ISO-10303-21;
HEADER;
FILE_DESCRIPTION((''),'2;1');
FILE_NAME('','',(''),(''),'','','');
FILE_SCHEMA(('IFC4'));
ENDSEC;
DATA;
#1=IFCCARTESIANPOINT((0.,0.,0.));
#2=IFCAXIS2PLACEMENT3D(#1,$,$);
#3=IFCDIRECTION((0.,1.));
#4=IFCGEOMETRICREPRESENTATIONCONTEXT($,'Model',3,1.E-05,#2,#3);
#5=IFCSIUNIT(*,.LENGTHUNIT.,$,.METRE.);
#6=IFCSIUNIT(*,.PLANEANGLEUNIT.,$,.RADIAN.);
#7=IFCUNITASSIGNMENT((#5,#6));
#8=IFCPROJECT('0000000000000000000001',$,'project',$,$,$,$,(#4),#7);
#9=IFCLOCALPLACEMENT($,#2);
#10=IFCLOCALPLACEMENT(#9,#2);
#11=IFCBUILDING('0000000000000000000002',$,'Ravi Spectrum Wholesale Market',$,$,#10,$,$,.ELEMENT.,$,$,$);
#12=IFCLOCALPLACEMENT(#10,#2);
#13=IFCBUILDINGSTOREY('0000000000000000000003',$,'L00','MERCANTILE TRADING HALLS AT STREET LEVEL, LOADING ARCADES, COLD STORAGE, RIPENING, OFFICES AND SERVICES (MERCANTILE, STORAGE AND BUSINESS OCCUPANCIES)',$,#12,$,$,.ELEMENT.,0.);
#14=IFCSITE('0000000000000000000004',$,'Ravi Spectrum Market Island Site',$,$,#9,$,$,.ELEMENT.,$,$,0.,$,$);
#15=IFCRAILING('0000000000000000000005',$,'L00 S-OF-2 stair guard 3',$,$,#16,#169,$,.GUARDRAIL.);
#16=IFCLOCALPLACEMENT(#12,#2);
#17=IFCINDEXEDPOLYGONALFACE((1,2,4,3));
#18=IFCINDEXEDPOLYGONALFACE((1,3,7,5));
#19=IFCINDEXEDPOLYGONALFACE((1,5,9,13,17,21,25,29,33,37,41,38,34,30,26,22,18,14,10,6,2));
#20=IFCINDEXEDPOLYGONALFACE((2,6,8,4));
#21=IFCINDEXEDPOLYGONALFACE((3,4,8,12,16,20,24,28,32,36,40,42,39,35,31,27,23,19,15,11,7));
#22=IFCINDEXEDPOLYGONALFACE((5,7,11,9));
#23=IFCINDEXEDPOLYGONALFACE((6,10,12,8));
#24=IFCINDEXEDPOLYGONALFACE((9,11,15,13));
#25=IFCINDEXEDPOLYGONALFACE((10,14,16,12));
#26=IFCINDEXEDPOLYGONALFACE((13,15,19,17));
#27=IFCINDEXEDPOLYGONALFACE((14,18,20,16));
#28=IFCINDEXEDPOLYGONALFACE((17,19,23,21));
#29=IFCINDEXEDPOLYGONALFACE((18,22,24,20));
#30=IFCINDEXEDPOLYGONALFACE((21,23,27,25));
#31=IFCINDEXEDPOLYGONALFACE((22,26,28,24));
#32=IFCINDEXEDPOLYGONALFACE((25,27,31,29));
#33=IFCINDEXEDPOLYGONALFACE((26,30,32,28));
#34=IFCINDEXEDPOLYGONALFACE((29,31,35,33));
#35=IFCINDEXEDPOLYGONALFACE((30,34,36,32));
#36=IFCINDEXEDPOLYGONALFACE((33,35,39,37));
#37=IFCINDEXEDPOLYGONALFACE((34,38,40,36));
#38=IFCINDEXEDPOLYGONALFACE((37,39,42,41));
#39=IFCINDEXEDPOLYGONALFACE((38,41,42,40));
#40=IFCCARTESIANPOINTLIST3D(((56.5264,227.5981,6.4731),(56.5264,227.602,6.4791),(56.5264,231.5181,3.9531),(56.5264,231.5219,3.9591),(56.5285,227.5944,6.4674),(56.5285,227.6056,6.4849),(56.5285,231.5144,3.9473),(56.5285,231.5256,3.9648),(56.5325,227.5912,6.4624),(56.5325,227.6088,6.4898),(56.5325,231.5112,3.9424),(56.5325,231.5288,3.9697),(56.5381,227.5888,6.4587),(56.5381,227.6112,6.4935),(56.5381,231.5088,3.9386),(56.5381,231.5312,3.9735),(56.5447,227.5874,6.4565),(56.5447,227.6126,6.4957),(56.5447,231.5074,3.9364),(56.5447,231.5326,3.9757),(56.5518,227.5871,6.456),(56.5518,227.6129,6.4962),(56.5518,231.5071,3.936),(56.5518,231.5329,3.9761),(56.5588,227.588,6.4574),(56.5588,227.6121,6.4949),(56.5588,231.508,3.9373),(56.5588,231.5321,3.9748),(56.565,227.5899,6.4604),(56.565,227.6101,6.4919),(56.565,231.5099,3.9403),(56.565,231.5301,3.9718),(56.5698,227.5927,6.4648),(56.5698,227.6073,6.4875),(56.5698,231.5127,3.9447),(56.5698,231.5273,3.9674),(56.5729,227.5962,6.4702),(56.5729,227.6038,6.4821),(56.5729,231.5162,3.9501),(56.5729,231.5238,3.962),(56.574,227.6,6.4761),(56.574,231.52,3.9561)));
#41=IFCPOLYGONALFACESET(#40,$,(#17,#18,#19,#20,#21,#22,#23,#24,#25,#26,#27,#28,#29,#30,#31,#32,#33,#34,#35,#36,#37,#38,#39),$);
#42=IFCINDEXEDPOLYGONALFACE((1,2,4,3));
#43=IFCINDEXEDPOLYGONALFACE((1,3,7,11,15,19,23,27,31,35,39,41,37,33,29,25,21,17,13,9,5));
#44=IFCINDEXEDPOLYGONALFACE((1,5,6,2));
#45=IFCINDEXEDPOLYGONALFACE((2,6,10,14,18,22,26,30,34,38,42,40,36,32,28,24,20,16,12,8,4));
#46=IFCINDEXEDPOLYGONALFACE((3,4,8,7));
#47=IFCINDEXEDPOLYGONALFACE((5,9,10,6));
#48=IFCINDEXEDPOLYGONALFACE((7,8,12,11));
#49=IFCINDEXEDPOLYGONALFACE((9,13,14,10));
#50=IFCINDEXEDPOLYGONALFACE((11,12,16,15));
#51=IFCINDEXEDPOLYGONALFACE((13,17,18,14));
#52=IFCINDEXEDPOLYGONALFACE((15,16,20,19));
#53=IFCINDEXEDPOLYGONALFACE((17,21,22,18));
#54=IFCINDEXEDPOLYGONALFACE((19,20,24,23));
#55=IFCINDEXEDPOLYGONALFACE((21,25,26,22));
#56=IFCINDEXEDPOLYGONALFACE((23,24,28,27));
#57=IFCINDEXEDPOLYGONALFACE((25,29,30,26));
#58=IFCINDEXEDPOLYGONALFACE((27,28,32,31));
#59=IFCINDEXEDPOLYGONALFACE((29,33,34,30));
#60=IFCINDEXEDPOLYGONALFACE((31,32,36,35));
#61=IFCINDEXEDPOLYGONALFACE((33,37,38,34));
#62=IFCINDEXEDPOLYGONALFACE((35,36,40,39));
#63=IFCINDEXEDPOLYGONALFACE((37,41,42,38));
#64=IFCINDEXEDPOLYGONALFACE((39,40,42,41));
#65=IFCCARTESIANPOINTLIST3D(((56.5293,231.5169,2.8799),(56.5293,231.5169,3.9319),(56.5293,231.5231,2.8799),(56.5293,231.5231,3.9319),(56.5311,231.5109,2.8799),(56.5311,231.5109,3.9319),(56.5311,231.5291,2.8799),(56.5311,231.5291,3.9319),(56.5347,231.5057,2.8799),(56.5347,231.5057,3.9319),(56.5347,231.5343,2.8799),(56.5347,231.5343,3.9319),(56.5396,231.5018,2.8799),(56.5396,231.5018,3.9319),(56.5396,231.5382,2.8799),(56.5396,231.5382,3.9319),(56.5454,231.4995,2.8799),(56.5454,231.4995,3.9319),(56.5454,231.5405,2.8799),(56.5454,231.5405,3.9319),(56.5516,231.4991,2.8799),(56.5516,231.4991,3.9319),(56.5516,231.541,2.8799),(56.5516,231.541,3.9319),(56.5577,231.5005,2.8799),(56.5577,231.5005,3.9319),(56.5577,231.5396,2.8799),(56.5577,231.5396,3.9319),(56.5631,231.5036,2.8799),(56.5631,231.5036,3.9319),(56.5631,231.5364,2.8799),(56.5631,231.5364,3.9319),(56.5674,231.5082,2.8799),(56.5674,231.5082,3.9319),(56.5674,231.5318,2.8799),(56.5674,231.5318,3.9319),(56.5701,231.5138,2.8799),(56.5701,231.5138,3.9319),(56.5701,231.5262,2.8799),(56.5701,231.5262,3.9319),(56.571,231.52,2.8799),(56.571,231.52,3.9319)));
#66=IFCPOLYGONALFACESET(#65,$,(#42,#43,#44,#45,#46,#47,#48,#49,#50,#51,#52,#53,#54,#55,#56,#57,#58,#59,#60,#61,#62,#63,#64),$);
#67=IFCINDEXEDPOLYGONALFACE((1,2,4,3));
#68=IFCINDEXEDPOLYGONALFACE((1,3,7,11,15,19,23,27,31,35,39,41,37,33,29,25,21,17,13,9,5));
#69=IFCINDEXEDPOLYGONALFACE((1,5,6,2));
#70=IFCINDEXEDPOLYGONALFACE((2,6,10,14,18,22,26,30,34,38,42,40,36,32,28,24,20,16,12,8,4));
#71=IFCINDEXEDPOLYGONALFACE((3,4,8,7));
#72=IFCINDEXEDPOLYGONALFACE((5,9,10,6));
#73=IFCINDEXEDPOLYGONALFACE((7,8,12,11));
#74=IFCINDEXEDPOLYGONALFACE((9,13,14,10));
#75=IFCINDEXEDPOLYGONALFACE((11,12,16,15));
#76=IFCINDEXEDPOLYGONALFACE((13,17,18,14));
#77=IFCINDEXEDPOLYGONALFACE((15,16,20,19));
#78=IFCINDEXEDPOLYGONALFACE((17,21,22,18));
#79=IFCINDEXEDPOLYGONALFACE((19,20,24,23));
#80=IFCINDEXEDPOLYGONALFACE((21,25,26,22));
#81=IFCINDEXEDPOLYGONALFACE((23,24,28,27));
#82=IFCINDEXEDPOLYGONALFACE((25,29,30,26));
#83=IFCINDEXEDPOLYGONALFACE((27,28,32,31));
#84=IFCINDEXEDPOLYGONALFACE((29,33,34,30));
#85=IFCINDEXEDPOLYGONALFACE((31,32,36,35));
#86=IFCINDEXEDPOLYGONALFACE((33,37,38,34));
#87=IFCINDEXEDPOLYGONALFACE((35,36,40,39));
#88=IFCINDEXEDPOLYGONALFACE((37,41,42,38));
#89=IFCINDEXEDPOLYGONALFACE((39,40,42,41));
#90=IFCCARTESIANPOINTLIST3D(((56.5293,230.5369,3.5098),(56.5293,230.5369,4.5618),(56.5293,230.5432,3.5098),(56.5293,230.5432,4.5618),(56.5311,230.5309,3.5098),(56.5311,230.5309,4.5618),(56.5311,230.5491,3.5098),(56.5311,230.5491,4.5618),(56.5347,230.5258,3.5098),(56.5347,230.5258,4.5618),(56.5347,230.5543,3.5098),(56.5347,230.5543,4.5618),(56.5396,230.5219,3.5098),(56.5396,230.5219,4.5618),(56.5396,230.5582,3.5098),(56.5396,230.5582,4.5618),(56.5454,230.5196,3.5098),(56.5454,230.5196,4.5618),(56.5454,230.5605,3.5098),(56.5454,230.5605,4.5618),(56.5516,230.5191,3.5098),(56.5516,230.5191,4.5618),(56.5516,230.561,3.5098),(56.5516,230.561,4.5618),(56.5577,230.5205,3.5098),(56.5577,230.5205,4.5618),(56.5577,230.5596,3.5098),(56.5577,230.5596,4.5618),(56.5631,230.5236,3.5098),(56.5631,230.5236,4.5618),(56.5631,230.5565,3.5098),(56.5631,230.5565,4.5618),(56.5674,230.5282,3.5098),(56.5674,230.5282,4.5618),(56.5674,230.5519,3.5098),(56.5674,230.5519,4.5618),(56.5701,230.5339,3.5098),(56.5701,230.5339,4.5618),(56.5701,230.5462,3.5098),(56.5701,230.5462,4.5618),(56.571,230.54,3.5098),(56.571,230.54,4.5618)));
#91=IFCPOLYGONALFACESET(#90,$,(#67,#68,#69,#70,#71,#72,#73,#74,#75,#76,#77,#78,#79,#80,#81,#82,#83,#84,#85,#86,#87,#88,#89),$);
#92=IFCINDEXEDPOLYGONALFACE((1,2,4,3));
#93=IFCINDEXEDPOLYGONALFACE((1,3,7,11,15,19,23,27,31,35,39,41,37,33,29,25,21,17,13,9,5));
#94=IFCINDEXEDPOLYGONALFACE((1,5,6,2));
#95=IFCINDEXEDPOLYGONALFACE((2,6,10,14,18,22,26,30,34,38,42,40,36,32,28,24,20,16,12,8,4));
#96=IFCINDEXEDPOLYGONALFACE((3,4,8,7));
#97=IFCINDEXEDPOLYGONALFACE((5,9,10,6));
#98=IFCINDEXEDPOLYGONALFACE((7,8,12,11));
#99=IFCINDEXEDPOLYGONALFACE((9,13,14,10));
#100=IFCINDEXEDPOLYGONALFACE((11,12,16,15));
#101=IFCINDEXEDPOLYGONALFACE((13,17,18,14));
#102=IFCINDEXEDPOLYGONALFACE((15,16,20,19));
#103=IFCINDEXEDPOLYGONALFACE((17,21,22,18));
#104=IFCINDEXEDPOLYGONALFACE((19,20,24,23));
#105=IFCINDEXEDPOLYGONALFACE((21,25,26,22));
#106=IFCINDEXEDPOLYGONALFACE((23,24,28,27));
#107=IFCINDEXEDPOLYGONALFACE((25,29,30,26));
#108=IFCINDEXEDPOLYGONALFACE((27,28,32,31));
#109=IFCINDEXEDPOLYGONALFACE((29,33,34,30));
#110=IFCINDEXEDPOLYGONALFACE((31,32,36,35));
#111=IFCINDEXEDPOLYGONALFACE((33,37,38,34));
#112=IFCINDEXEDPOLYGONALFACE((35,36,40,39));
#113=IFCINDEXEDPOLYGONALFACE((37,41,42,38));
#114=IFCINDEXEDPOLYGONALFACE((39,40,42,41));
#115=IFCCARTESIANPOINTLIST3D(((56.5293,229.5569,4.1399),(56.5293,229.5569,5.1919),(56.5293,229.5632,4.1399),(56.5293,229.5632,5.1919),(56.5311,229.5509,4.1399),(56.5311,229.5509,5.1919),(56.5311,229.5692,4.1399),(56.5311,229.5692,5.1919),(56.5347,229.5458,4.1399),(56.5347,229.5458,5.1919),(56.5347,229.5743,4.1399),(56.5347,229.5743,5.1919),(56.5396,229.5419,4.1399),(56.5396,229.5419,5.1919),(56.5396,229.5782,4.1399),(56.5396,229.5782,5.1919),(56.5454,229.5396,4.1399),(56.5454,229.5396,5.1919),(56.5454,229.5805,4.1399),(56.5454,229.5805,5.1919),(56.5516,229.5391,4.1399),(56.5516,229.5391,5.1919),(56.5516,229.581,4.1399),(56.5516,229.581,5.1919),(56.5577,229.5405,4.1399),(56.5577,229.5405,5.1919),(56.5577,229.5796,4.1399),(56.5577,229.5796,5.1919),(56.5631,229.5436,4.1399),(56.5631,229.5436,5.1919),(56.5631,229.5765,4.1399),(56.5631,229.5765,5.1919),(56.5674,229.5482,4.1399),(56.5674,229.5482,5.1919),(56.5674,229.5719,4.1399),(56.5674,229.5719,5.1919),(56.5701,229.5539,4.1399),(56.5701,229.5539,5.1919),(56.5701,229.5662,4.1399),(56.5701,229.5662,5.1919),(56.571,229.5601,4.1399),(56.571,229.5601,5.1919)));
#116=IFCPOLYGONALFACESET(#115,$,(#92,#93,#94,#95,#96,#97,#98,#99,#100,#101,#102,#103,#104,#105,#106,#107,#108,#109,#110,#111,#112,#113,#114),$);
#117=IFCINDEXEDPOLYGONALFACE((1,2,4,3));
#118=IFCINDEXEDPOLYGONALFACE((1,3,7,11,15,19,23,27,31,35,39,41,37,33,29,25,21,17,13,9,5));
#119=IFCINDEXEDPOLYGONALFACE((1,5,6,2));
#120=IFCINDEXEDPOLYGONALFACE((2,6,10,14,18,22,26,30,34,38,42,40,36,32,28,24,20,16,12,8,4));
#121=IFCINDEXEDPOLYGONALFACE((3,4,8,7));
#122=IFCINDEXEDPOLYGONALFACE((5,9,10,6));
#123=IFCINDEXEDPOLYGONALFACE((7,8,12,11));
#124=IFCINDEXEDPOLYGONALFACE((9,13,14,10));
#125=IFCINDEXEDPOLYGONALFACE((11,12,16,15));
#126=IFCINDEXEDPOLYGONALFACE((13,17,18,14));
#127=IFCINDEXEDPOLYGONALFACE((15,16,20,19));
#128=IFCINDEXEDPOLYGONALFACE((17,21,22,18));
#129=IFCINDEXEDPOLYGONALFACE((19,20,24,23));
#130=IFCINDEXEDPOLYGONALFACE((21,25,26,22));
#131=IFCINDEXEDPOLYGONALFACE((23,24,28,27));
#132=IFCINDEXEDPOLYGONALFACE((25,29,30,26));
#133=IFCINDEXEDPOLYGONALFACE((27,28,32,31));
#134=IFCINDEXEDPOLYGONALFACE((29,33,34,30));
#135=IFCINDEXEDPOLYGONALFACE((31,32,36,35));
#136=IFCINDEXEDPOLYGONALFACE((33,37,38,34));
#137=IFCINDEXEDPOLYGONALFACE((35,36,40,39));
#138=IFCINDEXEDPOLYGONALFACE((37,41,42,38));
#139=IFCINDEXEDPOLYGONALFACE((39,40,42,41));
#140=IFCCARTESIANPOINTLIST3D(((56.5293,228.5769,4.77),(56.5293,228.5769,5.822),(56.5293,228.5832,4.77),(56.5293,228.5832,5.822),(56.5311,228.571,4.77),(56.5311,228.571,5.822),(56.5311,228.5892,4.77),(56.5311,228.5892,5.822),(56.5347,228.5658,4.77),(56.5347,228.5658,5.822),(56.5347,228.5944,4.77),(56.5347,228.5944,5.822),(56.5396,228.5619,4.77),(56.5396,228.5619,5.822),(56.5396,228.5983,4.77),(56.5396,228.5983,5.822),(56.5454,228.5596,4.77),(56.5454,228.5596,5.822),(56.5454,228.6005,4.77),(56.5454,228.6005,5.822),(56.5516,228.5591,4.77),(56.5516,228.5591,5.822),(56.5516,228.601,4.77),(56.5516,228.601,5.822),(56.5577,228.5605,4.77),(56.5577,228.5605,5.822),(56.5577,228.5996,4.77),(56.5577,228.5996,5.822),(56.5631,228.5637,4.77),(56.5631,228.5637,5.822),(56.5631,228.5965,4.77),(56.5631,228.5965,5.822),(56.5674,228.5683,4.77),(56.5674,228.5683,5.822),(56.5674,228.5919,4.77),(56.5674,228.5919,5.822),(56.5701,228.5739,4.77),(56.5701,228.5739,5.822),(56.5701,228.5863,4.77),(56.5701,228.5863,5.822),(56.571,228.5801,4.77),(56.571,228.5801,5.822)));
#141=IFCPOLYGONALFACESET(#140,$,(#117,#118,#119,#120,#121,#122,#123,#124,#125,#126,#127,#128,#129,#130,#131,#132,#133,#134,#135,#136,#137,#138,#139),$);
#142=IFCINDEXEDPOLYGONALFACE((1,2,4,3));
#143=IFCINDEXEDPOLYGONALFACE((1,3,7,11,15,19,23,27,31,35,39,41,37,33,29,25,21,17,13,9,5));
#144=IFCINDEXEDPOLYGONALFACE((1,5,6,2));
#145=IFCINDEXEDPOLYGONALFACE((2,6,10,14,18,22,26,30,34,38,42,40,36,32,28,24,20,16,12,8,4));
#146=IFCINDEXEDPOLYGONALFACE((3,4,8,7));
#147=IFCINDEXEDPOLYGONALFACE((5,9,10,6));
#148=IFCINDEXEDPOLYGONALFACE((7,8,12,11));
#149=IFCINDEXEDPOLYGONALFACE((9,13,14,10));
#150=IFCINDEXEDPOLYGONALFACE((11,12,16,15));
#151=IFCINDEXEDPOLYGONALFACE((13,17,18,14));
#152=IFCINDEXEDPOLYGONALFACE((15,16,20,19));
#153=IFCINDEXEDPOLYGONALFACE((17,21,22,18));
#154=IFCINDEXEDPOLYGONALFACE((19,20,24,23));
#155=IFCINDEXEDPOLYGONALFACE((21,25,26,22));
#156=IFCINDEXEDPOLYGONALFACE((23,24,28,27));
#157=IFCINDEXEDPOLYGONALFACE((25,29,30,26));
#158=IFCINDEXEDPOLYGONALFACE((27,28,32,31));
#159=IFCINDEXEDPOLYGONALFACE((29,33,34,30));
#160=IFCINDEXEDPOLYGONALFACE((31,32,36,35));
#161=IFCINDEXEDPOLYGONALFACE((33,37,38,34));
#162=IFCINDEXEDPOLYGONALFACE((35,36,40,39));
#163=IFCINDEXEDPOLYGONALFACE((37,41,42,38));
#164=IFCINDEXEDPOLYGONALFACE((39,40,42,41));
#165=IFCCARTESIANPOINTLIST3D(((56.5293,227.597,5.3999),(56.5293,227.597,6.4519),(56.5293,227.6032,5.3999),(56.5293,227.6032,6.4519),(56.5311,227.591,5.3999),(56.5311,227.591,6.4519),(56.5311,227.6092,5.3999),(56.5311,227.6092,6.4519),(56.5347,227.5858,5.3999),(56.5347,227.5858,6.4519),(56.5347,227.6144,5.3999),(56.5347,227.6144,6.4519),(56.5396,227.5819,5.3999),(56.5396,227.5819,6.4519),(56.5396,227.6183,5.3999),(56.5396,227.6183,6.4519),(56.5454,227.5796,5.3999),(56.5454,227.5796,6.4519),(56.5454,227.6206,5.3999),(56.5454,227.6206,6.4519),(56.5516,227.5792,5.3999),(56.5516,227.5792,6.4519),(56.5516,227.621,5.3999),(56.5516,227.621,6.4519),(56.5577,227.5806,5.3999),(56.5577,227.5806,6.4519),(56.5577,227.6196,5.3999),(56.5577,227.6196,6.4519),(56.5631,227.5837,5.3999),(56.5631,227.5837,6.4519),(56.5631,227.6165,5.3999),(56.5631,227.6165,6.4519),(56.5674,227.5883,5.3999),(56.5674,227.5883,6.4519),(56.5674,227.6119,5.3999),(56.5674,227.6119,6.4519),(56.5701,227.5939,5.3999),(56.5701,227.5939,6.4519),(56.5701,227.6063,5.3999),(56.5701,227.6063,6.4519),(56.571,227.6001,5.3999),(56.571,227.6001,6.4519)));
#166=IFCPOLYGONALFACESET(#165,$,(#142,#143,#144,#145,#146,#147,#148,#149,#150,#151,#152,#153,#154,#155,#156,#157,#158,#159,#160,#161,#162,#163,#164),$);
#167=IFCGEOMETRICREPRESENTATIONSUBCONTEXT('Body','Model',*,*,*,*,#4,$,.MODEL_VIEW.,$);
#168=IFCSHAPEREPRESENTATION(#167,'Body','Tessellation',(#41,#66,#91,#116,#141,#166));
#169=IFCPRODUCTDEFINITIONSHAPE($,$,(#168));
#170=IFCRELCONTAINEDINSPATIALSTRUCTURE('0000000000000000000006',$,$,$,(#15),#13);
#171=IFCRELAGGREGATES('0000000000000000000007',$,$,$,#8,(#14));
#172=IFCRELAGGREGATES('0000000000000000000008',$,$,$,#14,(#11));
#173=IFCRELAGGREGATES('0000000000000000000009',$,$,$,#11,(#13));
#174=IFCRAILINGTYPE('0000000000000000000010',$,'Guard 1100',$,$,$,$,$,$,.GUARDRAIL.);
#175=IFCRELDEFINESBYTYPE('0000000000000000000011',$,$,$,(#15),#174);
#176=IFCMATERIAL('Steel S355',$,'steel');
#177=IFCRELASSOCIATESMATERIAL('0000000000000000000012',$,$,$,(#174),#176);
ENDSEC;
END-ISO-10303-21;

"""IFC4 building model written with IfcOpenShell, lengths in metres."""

from ifc_helpers import new_model, si_unit, direction, frame, origin, origin_2d, place, context, subcontext, project, spatial, circle, extrude, material, type_object, element, save


model = new_model("IFC4")

# Units and contexts
model_context = context("Model", 3, precision=1e-05, world=origin(), true_north=direction((0.0, 1.0)))
body_context = subcontext(model_context, "Body", "Model", "MODEL_VIEW")
ifc_project = project(units=[si_unit("LENGTHUNIT", "METRE"), si_unit("PLANEANGLEUNIT", "RADIAN")], contexts=[model_context])

# Site, building, storey
site_placement = place(None, origin())
site = spatial("IfcSite", under=ifc_project, at=site_placement, Name="Ravi Spectrum Market Island Site", CompositionType="ELEMENT", RefElevation=0.0)
building_placement = place(site_placement, origin())
building = spatial("IfcBuilding", under=site, at=building_placement, Name="Ravi Spectrum Wholesale Market", CompositionType="ELEMENT")
storey_placement = place(building_placement, origin())
storey = spatial("IfcBuildingStorey", under=building, at=storey_placement, Name="L00", Description="MERCANTILE TRADING HALLS AT STREET LEVEL, LOADING ARCADES, COLD STORAGE, RIPENING, OFFICES AND SERVICES (MERCANTILE, STORAGE AND BUSINESS OCCUPANCIES)", CompositionType="ELEMENT", Elevation=0.0)

# Railing
ifc_material_1 = material(Name="Steel S355", Category="steel")
railing_type_1 = type_object("IfcRailingType", Name="Guard 1100", PredefinedType="GUARDRAIL", material=ifc_material_1)
railing_1_placement = place(storey_placement, frame((56.55, 231.52, 2.8799)))
element("IfcRailing", 1, at=railing_1_placement, inside=storey, type_object=railing_type_1, Name="L00 S-OF-2 stair guard 3", PredefinedType="GUARDRAIL", context=body_context, shape_type="SweptSolid", body=[
    extrude(circle(Radius=0.0239, at=origin_2d()), frame((0.0, 0.0, 1.0762), z_axis=(0.0, -0.841172, 0.540768), x_axis=(1.0, 0.0, 0.0)), (0.0, 0.0, 1.0), 4.6602),
    extrude(circle(Radius=0.021, at=origin_2d()), origin(), (0.0, 0.0, 1.0), 1.052),
    extrude(circle(Radius=0.021, at=origin_2d()), frame((0.0, -0.98, 0.6299)), (0.0, 0.0, 1.0), 1.052),
    extrude(circle(Radius=0.021, at=origin_2d()), frame((0.0, -1.96, 1.26)), (0.0, 0.0, 1.0), 1.052),
    extrude(circle(Radius=0.021, at=origin_2d()), frame((0.0, -2.9399, 1.8901)), (0.0, 0.0, 1.0), 1.052),
    extrude(circle(Radius=0.021, at=origin_2d()), frame((0.0, -3.9199, 2.52)), (0.0, 0.0, 1.0), 1.052),
])

save(model, "model.ifc")
